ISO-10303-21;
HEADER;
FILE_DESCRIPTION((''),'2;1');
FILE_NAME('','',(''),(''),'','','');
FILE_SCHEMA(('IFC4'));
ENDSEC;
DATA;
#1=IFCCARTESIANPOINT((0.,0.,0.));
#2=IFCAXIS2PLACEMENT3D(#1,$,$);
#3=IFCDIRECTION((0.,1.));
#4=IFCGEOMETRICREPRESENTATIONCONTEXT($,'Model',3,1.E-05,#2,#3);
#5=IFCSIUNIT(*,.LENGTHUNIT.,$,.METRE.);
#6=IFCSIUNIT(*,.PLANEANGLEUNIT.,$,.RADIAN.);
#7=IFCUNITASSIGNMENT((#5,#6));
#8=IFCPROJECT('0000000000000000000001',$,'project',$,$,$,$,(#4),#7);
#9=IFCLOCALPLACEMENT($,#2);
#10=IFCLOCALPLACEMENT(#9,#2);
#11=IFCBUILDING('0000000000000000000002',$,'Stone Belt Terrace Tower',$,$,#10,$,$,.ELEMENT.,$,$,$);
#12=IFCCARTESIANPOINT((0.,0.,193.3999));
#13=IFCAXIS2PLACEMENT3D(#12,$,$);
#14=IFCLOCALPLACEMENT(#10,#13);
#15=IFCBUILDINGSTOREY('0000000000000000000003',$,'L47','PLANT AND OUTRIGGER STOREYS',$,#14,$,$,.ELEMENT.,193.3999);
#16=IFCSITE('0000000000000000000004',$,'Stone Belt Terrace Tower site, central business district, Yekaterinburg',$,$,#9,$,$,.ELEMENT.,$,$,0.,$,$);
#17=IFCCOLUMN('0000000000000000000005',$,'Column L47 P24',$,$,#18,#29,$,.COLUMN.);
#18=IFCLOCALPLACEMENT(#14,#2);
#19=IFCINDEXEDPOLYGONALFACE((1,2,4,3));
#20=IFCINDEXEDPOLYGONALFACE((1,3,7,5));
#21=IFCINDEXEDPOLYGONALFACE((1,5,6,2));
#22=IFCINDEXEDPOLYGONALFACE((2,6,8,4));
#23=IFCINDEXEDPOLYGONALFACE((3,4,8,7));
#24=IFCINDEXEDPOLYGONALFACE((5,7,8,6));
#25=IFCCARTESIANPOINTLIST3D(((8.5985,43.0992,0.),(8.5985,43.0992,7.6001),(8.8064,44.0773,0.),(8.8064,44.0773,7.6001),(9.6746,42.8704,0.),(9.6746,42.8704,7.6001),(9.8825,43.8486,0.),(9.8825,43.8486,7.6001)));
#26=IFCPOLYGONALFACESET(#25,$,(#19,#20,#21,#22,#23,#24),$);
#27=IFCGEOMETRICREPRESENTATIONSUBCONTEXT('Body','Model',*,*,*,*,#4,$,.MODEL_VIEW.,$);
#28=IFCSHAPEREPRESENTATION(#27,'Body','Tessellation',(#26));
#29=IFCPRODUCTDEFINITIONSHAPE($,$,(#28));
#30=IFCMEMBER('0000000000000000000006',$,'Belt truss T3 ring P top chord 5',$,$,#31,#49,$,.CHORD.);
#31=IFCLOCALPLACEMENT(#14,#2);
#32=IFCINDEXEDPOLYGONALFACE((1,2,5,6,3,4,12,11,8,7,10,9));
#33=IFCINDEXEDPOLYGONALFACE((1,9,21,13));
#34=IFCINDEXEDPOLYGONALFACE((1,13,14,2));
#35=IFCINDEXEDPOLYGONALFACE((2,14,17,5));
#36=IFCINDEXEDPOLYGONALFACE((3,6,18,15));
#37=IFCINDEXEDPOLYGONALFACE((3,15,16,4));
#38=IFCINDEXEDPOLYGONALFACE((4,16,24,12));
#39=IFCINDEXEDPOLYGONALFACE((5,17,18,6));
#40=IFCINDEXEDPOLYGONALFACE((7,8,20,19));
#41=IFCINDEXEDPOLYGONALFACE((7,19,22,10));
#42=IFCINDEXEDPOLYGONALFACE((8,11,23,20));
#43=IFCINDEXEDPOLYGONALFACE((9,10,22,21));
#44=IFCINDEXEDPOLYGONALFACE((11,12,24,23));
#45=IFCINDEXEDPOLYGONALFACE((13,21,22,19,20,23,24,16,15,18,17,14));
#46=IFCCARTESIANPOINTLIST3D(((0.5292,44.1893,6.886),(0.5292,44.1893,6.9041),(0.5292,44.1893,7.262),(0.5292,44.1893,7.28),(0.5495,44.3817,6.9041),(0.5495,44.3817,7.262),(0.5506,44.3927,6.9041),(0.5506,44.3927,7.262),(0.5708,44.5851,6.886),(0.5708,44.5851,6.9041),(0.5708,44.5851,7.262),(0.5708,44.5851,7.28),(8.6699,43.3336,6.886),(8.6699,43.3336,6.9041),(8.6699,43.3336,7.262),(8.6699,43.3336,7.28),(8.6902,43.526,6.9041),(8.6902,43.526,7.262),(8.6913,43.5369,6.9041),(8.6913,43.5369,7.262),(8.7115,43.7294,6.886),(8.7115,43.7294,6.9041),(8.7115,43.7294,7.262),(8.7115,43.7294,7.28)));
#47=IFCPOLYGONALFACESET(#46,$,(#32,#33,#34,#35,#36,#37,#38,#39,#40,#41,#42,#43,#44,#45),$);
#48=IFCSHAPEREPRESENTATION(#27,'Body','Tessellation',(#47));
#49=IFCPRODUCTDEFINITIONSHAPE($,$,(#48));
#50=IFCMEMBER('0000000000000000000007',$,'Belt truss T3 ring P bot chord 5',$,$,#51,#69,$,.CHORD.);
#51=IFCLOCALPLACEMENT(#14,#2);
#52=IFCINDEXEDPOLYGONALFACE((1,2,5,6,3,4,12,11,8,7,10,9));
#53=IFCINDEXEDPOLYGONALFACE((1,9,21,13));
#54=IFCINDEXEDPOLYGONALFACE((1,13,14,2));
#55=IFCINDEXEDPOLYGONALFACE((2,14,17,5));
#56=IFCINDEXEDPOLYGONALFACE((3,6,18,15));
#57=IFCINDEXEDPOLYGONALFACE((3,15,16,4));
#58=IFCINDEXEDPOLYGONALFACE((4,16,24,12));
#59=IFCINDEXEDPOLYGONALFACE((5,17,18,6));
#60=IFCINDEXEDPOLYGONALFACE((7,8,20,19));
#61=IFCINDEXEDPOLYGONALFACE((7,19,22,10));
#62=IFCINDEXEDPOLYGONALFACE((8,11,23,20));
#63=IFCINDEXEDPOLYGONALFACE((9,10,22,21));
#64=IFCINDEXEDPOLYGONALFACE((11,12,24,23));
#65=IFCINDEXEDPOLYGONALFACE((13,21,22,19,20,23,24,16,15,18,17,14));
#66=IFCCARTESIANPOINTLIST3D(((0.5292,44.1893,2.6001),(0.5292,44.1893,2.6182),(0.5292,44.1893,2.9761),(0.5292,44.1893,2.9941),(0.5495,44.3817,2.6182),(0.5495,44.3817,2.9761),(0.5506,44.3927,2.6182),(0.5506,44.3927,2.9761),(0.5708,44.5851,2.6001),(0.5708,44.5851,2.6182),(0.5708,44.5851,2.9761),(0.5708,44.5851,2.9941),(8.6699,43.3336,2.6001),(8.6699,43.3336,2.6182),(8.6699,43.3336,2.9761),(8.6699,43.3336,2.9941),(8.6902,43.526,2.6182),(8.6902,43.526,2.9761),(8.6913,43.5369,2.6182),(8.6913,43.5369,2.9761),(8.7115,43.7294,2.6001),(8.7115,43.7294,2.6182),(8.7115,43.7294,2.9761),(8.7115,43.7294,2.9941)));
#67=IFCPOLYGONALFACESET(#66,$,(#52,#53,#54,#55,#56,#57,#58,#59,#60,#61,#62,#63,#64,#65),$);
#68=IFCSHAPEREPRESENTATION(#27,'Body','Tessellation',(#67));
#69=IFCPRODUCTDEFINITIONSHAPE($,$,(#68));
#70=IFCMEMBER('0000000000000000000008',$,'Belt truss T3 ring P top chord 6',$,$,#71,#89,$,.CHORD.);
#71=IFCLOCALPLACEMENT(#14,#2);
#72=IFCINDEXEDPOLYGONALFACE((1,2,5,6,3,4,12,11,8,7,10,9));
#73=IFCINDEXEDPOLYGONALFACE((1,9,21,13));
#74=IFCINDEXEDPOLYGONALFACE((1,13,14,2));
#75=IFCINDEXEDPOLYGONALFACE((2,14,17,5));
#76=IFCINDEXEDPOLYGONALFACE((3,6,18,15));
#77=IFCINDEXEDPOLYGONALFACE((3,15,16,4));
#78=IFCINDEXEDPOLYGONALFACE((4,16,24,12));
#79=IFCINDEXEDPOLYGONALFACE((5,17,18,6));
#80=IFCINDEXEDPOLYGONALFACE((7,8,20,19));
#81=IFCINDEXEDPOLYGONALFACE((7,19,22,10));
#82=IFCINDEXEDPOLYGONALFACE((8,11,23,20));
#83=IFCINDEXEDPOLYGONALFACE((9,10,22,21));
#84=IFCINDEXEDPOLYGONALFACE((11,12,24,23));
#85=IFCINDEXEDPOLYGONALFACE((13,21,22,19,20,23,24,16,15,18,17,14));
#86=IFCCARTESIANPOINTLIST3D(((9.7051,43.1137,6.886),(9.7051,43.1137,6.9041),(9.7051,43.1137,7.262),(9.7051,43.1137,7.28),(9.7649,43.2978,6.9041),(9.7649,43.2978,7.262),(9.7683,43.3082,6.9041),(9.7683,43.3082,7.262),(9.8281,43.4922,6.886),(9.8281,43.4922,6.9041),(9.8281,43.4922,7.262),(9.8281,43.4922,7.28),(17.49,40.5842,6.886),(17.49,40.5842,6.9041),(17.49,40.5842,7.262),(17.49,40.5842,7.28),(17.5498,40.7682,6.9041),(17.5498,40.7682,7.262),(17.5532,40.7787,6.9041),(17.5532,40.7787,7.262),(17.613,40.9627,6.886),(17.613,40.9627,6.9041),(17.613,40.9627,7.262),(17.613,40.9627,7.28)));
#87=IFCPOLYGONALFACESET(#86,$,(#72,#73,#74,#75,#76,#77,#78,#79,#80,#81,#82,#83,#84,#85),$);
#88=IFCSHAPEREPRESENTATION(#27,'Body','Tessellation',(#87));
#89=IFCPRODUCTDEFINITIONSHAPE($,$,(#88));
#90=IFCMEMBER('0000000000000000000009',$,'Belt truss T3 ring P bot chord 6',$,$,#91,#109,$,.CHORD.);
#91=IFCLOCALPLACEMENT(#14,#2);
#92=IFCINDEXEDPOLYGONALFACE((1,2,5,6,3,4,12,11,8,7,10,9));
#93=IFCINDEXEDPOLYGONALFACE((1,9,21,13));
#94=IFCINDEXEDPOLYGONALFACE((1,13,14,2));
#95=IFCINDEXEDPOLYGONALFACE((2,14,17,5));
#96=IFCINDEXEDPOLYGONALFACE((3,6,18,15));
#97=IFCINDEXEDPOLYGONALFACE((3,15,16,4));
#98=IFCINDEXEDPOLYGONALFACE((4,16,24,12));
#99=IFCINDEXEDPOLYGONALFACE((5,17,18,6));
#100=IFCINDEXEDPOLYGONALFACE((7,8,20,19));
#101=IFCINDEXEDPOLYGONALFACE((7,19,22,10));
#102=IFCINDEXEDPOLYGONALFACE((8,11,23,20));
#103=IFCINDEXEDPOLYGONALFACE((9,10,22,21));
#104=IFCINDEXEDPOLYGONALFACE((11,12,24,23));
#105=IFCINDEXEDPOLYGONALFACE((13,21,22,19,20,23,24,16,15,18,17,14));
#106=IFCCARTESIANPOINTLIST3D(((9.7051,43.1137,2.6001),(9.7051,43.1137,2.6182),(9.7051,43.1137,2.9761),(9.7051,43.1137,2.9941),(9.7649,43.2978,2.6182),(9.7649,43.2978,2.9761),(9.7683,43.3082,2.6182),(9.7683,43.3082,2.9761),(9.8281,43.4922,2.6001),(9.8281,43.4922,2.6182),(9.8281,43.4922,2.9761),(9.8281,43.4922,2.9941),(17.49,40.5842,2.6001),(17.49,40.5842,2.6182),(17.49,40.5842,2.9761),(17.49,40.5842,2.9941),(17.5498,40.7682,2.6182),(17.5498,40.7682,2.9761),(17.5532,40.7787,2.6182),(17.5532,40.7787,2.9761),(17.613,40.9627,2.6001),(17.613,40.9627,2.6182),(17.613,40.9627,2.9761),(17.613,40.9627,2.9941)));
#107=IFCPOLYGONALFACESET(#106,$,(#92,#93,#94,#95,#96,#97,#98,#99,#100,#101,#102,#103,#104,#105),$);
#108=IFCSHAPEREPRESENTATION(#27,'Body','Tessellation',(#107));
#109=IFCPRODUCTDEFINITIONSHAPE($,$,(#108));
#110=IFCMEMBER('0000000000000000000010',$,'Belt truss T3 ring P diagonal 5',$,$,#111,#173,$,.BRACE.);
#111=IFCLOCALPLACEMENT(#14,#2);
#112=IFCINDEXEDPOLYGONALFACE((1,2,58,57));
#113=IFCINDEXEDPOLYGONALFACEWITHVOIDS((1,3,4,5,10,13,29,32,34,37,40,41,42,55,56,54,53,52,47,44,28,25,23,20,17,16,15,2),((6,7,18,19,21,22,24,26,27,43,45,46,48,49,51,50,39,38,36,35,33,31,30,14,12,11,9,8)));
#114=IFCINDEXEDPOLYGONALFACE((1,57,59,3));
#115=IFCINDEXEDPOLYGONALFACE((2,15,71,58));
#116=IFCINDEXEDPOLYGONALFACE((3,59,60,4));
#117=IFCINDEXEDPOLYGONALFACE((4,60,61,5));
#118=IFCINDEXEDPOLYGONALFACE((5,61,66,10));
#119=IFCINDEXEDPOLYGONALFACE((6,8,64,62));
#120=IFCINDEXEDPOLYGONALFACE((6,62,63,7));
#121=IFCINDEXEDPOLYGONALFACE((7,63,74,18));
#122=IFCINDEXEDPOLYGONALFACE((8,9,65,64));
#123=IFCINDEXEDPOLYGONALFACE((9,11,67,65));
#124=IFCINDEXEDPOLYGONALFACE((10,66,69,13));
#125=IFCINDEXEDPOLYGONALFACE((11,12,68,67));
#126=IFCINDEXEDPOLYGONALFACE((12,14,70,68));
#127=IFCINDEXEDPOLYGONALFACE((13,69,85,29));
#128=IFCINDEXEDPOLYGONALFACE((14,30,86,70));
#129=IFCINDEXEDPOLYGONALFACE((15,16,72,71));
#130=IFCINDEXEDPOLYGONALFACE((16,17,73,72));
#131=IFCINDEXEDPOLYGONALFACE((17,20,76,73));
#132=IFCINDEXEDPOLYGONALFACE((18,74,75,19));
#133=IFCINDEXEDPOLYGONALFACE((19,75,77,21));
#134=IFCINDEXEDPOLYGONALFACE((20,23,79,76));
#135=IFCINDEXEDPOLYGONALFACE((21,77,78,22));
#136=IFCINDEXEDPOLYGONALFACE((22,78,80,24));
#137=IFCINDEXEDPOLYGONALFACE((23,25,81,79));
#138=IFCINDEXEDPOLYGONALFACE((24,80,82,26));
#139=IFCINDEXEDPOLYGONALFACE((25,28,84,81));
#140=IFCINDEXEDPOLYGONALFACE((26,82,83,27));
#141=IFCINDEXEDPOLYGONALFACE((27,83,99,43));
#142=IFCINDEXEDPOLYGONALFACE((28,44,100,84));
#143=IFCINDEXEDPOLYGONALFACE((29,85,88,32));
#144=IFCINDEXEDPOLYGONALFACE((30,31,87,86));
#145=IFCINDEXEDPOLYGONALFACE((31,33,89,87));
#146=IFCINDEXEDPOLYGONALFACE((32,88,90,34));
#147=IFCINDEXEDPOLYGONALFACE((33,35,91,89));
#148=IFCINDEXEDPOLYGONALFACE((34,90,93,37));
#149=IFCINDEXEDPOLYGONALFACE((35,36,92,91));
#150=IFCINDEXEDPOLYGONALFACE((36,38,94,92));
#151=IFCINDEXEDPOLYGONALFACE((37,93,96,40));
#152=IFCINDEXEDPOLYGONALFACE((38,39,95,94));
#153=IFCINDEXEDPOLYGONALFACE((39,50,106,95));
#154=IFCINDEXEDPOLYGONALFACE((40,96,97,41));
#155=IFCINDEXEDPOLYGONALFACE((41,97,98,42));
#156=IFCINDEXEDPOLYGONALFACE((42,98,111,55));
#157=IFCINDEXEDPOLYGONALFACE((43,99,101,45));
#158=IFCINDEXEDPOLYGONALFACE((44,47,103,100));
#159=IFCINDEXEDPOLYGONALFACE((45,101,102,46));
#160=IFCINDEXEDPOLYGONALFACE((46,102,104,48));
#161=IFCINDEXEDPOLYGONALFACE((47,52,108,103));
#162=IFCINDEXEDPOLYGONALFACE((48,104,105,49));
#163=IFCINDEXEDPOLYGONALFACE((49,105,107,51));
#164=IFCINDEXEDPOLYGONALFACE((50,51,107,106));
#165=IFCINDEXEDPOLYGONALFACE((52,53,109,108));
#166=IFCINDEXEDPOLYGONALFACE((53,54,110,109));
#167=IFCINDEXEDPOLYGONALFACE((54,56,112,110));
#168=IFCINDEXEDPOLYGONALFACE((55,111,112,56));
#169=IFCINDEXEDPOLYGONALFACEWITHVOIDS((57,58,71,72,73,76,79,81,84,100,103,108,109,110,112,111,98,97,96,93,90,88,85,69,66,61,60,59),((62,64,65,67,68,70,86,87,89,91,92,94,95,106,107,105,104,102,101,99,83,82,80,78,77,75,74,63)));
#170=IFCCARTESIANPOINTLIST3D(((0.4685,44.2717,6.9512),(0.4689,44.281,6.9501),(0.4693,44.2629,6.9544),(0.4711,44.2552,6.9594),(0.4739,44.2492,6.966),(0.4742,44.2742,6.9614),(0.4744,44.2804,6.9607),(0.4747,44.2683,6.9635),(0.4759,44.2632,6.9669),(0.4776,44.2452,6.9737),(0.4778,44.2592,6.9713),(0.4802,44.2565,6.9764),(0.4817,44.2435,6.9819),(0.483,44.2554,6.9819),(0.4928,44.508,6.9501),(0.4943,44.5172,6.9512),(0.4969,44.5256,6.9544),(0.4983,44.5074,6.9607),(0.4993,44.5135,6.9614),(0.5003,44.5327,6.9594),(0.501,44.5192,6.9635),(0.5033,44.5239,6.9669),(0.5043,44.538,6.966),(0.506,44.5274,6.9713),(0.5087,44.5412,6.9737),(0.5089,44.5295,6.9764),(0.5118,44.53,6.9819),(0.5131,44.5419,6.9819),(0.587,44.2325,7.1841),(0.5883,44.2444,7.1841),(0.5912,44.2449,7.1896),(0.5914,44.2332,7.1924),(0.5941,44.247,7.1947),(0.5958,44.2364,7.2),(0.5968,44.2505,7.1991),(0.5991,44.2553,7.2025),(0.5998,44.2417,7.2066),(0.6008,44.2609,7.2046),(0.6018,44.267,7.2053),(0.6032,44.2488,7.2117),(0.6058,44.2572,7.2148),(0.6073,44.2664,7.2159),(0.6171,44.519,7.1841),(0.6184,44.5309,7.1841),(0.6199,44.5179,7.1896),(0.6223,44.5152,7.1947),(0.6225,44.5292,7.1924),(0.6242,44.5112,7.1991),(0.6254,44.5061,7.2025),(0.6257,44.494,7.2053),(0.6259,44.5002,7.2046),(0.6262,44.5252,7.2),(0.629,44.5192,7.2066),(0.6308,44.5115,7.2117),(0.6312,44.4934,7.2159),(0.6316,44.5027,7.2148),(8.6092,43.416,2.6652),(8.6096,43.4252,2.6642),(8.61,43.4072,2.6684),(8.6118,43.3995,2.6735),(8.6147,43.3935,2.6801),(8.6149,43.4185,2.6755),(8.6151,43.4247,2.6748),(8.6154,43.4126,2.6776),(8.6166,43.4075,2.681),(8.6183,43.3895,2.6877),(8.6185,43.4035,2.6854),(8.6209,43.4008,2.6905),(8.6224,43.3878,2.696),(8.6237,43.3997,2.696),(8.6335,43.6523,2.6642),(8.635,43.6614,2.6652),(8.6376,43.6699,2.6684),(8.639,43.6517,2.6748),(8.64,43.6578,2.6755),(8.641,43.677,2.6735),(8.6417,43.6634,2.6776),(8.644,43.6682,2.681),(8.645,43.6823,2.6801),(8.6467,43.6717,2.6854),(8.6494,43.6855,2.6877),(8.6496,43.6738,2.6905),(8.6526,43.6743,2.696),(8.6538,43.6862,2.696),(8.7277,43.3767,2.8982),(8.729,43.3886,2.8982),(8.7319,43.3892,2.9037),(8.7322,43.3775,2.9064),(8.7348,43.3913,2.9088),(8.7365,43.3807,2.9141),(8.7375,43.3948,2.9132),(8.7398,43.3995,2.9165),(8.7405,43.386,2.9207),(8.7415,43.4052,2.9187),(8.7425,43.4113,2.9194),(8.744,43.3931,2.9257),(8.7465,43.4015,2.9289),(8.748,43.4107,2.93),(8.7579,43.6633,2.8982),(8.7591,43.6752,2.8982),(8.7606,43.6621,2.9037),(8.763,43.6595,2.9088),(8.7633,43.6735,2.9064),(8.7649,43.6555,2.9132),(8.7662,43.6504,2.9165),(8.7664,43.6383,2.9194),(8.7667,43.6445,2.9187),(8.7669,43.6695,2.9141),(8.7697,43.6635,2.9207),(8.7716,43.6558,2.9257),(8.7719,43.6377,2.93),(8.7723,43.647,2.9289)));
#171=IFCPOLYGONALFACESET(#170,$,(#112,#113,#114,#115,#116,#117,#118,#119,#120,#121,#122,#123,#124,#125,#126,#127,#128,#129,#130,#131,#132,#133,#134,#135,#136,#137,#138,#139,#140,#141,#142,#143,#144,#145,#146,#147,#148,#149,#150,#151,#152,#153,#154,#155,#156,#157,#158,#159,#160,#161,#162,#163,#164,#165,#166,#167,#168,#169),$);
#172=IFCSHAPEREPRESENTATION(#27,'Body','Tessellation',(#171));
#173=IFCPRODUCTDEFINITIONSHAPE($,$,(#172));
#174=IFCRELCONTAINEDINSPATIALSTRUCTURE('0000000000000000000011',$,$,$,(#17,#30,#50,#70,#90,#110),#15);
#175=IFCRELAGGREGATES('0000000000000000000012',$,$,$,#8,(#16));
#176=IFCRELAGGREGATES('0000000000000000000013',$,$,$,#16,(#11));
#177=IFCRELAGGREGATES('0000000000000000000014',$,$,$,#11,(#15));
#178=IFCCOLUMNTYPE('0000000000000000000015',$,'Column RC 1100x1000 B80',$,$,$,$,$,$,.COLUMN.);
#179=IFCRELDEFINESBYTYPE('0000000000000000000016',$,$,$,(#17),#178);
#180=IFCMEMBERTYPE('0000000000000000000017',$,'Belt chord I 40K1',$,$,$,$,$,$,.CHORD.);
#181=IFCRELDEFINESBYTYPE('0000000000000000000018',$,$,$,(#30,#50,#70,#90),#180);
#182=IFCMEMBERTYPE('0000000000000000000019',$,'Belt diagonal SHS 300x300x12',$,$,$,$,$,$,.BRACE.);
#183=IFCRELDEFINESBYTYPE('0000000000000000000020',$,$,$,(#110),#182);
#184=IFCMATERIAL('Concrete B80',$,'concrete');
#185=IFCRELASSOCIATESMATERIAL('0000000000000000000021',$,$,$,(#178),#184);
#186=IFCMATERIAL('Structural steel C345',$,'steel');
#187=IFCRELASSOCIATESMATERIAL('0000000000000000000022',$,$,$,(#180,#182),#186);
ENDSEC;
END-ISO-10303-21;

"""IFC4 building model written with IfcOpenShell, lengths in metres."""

from ifc_helpers import new_model, si_unit, direction, frame, origin, origin_2d, place, context, subcontext, project, spatial, rectangle, hollow_rectangle, i_section, extrude, material, material_profile, profile_set, type_object, element, save


model = new_model("IFC4")

# Units and contexts
model_context = context("Model", 3, precision=1e-05, world=origin(), true_north=direction((0.0, 1.0)))
body_context = subcontext(model_context, "Body", "Model", "MODEL_VIEW")
ifc_project = project(units=[si_unit("LENGTHUNIT", "METRE"), si_unit("PLANEANGLEUNIT", "RADIAN")], contexts=[model_context])

# Site, building, storey
site_placement = place(None, origin())
site = spatial("IfcSite", under=ifc_project, at=site_placement, Name="Stone Belt Terrace Tower site, central business district, Yekaterinburg", CompositionType="ELEMENT", RefElevation=0.0)
building_placement = place(site_placement, origin())
building = spatial("IfcBuilding", under=site, at=building_placement, Name="Stone Belt Terrace Tower", CompositionType="ELEMENT")
storey_placement = place(building_placement, frame((0.0, 0.0, 193.3999)))
storey = spatial("IfcBuildingStorey", under=building, at=storey_placement, Name="L47", Description="PLANT AND OUTRIGGER STOREYS", CompositionType="ELEMENT", Elevation=193.3999)

# Column
ifc_material_1 = material(Name="Concrete B80", Category="concrete")
ifc_material_profile_1 = material_profile(ifc_material_1, rectangle(XDim=1.1001, YDim=1.0, at=origin_2d()), Name="RC 1100x1000")
ifc_profile_set_1 = profile_set([ifc_material_profile_1], Name="Concrete B80")
column_type = type_object("IfcColumnType", Name="Column RC 1100x1000 B80", PredefinedType="COLUMN", material=ifc_profile_set_1)
column_placement = place(storey_placement, frame((9.2405, 43.4739, 0.0), z_axis=(0.0, 0.0, 1.0), x_axis=(0.978148, -0.207912, 0.0)))
element("IfcColumn", 1, at=column_placement, inside=storey, type_object=column_type, Name="Column L47 P24", PredefinedType="COLUMN", context=body_context, shape_type="SweptSolid", body=[
    extrude(rectangle(XDim=1.1001, YDim=1.0, at=origin_2d()), origin(), (0.0, 0.0, 1.0), 7.6001),
])

# Members
ifc_material_2 = material(Name="Structural steel C345", Category="steel")
ifc_material_profile_2 = material_profile(ifc_material_2, i_section(OverallWidth=0.3979, OverallDepth=0.394, WebThickness=0.011, FlangeThickness=0.0181, at=origin_2d()), Name="I 40K1")
ifc_profile_set_2 = profile_set([ifc_material_profile_2], Name="Structural steel C345")
member_type_1 = type_object("IfcMemberType", Name="Belt chord I 40K1", PredefinedType="CHORD", material=ifc_profile_set_2)
for number, where, z_axis, x_axis, name in (
    (2, (0.55, 44.3872, 7.083), (0.994521, -0.10454, 0.0), (0.10454, 0.994521, 0.0), "Belt truss T3 ring P top chord 5"),
    (3, (0.55, 44.3872, 2.7971), (0.994521, -0.10454, 0.0), (0.10454, 0.994521, 0.0), "Belt truss T3 ring P bot chord 5"),
    (4, (9.7666, 43.303, 7.083), (0.951054, -0.309025, 0.0), (0.309025, 0.951054, 0.0), "Belt truss T3 ring P top chord 6"),
    (5, (9.7666, 43.303, 2.7971), (0.951054, -0.309025, 0.0), (0.309025, 0.951054, 0.0), "Belt truss T3 ring P bot chord 6"),
):
    element("IfcMember", number, at=place(storey_placement, frame(where, z_axis=z_axis, x_axis=x_axis)), inside=storey, type_object=member_type_1, Name=name, PredefinedType="CHORD", context=body_context, shape_type="SweptSolid", body=[
        extrude(i_section(OverallWidth=0.3979, OverallDepth=0.394, WebThickness=0.011, FlangeThickness=0.0181, at=origin_2d()), origin(), (0.0, 0.0, 1.0), 8.1855),
    ])
ifc_material_profile_3 = material_profile(ifc_material_2, hollow_rectangle(XDim=0.3, YDim=0.3, WallThickness=0.012, InnerFilletRadius=0.0239, OuterFilletRadius=0.0359, at=origin_2d()), Name="SHS 300x300x12")
ifc_profile_set_3 = profile_set([ifc_material_profile_3], Name="Structural steel C345")
member_type_2 = type_object("IfcMemberType", Name="Belt diagonal SHS 300x300x12", PredefinedType="BRACE", material=ifc_profile_set_3)
for number, where, z_axis, x_axis, name in (
    (6, (0.55, 44.3872, 7.083), (0.881055, -0.092613, -0.463859), (0.10454, 0.994521, 0.0), "Belt truss T3 ring P diagonal 5"),
):
    element("IfcMember", number, at=place(storey_placement, frame(where, z_axis=z_axis, x_axis=x_axis)), inside=storey, type_object=member_type_2, Name=name, PredefinedType="BRACE", context=body_context, shape_type="SweptSolid", body=[
        extrude(hollow_rectangle(XDim=0.3, YDim=0.3, WallThickness=0.012, InnerFilletRadius=0.0239, OuterFilletRadius=0.0359, at=origin_2d()), origin(), (0.0, 0.0, 1.0), 9.2397),
    ])

save(model, "model.ifc")
